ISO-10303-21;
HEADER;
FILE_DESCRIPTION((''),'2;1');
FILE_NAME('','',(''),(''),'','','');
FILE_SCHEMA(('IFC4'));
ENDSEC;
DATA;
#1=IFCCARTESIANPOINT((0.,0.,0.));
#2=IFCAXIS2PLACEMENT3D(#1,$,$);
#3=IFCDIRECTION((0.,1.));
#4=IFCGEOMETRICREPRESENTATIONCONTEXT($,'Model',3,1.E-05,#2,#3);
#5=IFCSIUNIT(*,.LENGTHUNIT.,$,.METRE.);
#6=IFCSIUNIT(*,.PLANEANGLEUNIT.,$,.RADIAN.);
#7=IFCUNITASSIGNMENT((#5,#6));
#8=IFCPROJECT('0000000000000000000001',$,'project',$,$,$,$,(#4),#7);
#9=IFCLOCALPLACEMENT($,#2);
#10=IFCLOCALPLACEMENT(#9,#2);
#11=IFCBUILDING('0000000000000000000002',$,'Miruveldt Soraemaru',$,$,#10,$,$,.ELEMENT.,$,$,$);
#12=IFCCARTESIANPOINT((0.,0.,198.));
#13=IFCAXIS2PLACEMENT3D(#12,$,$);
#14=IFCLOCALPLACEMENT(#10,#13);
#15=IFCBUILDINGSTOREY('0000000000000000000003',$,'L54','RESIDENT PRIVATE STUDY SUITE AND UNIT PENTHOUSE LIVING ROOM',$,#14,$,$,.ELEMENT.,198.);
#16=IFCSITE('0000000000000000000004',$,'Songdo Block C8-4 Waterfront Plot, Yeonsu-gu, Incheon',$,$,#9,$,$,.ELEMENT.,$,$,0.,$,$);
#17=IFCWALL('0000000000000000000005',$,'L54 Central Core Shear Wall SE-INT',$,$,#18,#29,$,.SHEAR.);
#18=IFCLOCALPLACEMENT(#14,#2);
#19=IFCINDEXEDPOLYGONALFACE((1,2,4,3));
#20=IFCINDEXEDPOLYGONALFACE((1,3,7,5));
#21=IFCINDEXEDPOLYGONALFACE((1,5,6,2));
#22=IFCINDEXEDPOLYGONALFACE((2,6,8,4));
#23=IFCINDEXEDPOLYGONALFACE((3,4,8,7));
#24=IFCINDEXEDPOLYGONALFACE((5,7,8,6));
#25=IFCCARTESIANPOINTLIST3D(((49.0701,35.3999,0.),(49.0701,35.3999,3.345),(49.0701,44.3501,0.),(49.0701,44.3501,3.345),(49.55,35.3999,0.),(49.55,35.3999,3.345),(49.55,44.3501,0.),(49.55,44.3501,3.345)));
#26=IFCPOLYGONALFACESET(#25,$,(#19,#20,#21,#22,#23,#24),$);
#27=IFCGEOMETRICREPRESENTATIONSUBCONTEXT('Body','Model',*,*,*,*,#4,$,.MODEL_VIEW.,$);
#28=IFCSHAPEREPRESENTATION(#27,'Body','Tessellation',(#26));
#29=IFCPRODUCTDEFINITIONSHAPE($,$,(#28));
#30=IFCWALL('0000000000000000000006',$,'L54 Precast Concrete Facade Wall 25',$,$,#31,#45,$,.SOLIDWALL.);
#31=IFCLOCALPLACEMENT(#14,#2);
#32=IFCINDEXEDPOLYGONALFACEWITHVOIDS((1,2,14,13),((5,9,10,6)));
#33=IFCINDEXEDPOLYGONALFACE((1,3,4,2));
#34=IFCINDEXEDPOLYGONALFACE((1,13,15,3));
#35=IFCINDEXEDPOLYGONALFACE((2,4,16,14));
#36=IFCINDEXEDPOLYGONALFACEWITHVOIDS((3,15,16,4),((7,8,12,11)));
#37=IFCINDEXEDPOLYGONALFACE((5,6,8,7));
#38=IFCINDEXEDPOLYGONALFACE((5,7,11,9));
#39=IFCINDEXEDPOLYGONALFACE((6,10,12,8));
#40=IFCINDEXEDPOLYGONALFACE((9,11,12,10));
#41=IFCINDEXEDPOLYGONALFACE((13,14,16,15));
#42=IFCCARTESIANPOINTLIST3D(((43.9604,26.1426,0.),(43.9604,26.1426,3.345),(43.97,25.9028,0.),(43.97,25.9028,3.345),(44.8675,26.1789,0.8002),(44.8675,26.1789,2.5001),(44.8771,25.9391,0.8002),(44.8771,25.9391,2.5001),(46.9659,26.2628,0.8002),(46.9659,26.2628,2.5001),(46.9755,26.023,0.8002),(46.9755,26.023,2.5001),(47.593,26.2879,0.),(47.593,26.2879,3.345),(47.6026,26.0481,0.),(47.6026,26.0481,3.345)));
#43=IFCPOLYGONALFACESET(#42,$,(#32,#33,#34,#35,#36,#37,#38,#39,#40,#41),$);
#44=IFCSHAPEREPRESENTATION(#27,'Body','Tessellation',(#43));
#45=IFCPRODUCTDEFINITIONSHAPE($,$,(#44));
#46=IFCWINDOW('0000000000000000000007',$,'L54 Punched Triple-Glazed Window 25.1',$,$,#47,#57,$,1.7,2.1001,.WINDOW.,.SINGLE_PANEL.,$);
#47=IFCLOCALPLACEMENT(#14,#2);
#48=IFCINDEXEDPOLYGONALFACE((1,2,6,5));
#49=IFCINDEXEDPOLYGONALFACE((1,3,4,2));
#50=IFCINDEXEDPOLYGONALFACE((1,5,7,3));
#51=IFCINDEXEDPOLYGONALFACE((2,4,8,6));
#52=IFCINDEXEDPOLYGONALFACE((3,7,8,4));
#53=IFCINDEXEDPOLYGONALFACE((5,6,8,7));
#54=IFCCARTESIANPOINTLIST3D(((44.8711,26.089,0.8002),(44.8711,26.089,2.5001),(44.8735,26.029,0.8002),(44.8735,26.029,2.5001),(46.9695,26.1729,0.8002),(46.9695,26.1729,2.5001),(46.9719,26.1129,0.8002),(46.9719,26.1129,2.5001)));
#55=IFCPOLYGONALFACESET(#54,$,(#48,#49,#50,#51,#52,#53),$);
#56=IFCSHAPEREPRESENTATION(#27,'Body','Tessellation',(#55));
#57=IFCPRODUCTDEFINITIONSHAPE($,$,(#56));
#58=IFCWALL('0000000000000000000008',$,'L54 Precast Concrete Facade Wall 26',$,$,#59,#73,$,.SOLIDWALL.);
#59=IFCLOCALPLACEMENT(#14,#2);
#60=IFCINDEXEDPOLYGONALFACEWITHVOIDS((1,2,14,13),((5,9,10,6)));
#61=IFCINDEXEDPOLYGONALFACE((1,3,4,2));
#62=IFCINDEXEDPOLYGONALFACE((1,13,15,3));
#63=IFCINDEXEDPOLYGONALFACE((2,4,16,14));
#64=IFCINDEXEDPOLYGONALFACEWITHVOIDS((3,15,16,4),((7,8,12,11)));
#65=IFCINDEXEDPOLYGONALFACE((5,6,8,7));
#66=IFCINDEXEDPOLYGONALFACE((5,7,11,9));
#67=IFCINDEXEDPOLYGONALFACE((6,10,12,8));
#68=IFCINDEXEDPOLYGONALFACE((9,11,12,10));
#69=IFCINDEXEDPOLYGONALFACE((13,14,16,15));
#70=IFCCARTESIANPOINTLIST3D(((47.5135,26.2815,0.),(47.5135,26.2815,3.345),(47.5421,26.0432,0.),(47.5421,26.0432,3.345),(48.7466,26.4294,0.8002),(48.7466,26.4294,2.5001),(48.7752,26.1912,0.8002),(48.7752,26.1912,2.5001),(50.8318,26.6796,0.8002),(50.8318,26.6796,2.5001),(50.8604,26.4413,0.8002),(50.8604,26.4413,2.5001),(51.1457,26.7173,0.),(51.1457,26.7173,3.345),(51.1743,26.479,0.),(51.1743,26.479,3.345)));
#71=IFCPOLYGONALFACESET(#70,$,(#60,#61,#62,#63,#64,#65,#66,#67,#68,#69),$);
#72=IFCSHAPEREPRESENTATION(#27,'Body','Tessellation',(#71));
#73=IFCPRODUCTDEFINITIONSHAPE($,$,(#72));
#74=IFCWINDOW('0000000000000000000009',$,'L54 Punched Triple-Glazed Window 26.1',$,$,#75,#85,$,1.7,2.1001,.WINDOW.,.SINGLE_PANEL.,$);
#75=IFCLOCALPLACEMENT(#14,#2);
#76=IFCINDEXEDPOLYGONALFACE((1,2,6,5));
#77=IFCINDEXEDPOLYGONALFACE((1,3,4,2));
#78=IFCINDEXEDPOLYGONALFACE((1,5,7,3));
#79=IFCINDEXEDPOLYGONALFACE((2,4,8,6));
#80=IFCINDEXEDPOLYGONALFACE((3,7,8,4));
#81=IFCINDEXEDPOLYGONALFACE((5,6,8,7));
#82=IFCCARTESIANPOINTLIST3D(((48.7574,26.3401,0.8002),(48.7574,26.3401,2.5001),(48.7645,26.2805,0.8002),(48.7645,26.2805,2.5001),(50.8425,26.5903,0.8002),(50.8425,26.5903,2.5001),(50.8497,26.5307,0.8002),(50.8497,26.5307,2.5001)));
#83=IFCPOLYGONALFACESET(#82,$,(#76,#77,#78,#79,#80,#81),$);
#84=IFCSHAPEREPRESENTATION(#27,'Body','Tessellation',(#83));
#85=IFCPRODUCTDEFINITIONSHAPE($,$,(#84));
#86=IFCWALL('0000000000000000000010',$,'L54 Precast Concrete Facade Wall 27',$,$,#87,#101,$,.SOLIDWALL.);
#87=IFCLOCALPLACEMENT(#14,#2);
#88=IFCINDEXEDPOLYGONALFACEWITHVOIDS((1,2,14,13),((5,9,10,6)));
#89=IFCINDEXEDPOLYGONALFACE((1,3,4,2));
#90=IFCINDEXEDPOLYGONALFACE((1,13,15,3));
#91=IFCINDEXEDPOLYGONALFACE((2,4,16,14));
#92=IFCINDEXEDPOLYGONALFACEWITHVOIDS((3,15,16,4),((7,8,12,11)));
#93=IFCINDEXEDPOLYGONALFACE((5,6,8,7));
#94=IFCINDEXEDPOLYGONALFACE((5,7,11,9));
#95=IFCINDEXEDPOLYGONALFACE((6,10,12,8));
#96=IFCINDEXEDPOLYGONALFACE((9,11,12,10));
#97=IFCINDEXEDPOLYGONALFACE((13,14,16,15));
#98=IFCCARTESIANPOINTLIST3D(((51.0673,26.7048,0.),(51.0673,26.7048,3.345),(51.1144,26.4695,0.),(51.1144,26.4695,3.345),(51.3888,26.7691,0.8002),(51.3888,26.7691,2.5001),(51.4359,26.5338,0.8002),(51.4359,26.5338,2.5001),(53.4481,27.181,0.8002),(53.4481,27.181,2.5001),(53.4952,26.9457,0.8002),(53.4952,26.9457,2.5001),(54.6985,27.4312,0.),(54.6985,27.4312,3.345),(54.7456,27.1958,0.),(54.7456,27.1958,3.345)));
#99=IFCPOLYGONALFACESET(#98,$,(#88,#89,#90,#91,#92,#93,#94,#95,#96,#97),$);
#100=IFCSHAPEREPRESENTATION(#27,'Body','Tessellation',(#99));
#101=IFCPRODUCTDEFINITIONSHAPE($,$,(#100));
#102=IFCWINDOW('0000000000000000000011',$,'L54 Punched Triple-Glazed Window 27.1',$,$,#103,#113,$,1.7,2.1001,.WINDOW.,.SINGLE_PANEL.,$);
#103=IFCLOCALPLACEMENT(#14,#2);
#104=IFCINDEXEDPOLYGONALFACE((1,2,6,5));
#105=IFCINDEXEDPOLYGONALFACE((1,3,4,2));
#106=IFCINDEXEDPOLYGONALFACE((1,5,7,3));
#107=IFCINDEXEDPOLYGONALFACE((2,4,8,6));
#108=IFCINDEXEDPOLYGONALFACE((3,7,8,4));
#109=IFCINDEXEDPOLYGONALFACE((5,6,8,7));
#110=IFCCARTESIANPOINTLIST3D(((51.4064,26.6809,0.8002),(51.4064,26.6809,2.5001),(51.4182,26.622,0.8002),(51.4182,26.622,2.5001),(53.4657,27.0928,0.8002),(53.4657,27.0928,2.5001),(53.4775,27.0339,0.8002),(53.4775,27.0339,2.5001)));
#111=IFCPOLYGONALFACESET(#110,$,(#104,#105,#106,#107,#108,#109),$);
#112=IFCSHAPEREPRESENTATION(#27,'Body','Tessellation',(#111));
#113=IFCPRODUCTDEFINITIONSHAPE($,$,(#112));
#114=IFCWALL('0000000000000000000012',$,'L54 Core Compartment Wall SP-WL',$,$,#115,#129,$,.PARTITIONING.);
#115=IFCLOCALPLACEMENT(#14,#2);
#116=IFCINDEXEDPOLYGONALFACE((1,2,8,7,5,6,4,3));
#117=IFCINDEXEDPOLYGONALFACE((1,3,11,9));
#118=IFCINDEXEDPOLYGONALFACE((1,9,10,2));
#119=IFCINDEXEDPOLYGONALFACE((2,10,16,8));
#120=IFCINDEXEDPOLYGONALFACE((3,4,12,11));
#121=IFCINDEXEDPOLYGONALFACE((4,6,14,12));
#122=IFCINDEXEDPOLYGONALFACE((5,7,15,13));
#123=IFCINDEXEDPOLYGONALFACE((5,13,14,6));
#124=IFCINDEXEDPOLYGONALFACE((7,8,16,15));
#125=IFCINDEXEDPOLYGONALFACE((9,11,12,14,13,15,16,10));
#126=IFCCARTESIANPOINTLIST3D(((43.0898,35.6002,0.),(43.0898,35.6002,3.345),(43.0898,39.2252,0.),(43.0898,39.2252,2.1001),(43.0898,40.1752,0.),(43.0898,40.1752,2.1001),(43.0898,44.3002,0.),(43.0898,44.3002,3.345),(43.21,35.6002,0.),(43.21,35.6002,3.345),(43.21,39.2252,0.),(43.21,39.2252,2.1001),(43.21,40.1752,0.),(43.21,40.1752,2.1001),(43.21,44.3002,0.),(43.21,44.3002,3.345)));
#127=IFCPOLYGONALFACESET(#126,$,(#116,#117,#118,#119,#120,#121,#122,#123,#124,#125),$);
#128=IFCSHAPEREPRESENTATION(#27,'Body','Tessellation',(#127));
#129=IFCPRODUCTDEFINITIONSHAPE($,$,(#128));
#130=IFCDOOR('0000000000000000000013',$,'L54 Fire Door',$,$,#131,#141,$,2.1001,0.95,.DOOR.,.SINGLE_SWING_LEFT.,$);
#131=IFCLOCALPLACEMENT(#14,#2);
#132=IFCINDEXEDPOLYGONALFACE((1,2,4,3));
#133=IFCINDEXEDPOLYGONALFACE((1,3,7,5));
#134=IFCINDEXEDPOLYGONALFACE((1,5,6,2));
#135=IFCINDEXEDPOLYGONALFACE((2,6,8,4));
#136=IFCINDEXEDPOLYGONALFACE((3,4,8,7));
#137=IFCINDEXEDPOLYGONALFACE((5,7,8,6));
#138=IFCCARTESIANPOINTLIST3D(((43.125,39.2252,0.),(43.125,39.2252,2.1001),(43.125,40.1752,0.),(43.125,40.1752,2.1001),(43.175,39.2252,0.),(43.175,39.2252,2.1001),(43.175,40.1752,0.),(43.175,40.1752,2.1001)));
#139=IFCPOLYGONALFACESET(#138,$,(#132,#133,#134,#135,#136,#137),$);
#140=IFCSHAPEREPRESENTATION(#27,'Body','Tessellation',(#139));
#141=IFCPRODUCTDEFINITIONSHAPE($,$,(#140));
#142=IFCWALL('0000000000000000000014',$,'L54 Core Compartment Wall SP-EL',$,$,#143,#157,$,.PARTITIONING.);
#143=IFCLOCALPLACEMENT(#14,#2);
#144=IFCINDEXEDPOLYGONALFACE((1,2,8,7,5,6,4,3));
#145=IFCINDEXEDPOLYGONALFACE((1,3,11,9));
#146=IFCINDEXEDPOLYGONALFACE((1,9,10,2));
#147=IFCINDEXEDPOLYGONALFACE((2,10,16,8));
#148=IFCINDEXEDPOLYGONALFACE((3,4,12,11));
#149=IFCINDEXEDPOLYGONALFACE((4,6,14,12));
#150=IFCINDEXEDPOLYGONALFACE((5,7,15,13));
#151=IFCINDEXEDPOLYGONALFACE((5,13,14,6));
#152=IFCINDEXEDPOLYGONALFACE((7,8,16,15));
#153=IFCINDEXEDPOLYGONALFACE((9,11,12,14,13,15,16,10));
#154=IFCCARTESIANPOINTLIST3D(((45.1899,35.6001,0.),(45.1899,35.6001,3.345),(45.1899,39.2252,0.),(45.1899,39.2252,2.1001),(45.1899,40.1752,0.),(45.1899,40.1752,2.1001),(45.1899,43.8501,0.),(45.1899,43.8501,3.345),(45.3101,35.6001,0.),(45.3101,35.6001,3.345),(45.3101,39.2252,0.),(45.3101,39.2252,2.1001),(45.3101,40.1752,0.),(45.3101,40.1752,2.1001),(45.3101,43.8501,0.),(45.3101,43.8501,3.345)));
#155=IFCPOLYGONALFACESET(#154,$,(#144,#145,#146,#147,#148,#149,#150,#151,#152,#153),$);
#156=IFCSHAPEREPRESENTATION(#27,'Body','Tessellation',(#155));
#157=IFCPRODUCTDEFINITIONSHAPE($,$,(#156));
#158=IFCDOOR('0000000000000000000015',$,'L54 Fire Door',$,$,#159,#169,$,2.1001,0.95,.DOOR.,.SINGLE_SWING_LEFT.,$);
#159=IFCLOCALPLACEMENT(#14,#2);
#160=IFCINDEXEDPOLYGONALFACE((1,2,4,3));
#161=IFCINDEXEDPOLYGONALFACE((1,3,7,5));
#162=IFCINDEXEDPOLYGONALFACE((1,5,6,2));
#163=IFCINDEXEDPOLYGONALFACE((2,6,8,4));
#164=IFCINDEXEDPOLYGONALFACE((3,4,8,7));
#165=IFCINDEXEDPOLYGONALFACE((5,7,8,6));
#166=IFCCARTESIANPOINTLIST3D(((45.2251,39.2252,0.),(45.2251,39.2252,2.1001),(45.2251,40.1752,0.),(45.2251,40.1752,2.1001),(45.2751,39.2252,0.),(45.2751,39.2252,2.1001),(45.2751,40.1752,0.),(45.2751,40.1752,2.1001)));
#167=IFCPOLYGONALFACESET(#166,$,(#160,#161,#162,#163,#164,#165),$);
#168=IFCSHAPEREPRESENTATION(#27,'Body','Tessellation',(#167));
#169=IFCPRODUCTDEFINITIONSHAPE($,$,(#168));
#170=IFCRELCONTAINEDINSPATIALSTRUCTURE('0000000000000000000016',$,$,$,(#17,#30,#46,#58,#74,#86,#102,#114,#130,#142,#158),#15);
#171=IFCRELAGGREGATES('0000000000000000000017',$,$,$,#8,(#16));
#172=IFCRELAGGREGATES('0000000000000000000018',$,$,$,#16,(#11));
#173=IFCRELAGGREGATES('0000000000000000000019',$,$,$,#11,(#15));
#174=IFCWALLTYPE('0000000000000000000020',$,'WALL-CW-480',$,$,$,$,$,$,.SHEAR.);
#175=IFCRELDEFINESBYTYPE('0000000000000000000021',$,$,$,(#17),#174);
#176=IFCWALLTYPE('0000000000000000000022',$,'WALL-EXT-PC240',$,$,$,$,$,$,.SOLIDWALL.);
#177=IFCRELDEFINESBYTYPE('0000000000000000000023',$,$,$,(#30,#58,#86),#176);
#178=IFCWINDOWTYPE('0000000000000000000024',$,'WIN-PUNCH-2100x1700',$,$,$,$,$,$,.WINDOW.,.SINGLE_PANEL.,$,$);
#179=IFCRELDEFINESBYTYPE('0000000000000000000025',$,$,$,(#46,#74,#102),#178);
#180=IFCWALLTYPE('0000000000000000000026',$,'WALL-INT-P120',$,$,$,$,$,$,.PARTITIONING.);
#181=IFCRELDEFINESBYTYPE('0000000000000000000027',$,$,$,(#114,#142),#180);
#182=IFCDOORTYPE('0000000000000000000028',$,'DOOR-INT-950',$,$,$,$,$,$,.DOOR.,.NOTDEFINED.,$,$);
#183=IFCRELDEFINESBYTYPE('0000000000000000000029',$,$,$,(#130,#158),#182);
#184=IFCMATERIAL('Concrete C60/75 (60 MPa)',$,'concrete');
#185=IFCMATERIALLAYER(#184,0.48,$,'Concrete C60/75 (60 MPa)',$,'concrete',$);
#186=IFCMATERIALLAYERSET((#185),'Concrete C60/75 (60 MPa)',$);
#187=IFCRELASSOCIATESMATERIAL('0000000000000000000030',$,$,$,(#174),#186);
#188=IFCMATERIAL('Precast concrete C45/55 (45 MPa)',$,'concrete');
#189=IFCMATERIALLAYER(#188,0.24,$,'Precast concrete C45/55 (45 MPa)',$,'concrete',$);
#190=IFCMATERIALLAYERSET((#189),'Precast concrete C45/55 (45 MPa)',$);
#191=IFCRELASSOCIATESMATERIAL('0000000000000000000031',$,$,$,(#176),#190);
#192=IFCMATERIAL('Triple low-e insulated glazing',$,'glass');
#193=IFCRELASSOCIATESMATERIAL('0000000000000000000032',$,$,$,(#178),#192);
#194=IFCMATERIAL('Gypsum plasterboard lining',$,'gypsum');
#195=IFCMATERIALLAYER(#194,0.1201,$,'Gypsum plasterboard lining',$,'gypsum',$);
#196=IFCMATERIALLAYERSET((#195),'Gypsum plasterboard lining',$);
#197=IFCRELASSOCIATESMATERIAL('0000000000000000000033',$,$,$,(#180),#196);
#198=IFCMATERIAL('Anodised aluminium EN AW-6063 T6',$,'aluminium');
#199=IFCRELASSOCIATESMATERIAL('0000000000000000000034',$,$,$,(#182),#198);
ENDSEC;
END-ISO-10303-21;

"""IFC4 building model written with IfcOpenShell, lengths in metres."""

from ifc_helpers import new_model, si_unit, direction, frame, frame_2d, origin, place, context, subcontext, project, spatial, rectangle, extrude, material, layer, layer_set, type_object, element, fill, save


model = new_model("IFC4")

# Units and contexts
model_context = context("Model", 3, precision=1e-05, world=origin(), true_north=direction((0.0, 1.0)))
body_context = subcontext(model_context, "Body", "Model", "MODEL_VIEW")
ifc_project = project(units=[si_unit("LENGTHUNIT", "METRE"), si_unit("PLANEANGLEUNIT", "RADIAN")], contexts=[model_context])

# Site, building, storey
site_placement = place(None, origin())
site = spatial("IfcSite", under=ifc_project, at=site_placement, Name="Songdo Block C8-4 Waterfront Plot, Yeonsu-gu, Incheon", CompositionType="ELEMENT", RefElevation=0.0)
building_placement = place(site_placement, origin())
building = spatial("IfcBuilding", under=site, at=building_placement, Name="Miruveldt Soraemaru", CompositionType="ELEMENT")
storey_placement = place(building_placement, frame((0.0, 0.0, 198.0)))
storey = spatial("IfcBuildingStorey", under=building, at=storey_placement, Name="L54", Description="RESIDENT PRIVATE STUDY SUITE AND UNIT PENTHOUSE LIVING ROOM", CompositionType="ELEMENT", Elevation=198.0)

# Shared definitions
ifc_material_1 = material(Name="Concrete C60/75 (60 MPa)", Category="concrete")

# Shared definitions
ifc_material_2 = material(Name="Anodised aluminium EN AW-6063 T6", Category="aluminium")

# Wall
ifc_layer_1 = layer(ifc_material_1, 0.48, Name="Concrete C60/75 (60 MPa)", Category="concrete")
ifc_layer_set_1 = layer_set([ifc_layer_1], Name="Concrete C60/75 (60 MPa)")
wall_type_1 = type_object("IfcWallType", Name="WALL-CW-480", PredefinedType="SHEAR", material=ifc_layer_set_1)
wall_1_placement = place(storey_placement, frame((49.3101, 35.3999, 0.0), z_axis=(0.0, 0.0, 1.0), x_axis=(0.0, 1.0, 0.0)))
element("IfcWall", 1, at=wall_1_placement, inside=storey, type_object=wall_type_1, Name="L54 Central Core Shear Wall SE-INT", PredefinedType="SHEAR", context=body_context, shape_type="SweptSolid", body=[
    extrude(rectangle(XDim=8.9502, YDim=0.48, at=frame_2d((4.4751, 0.0))), origin(), (0.0, 0.0, 1.0), 3.345),
])

# Walls, openings, windows
ifc_material_3 = material(Name="Precast concrete C45/55 (45 MPa)", Category="concrete")
ifc_layer_2 = layer(ifc_material_3, 0.24, Name="Precast concrete C45/55 (45 MPa)", Category="concrete")
ifc_layer_set_2 = layer_set([ifc_layer_2], Name="Precast concrete C45/55 (45 MPa)")
wall_type_2 = type_object("IfcWallType", Name="WALL-EXT-PC240", PredefinedType="SOLIDWALL", material=ifc_layer_set_2)
wall_2_placement = place(storey_placement, frame((43.9651, 26.0227, 0.0), z_axis=(0.0, 0.0, 1.0), x_axis=(0.999201, 0.039957, 0.0)))
wall_2 = element("IfcWall", 2, at=wall_2_placement, inside=storey, type_object=wall_type_2, Name="L54 Precast Concrete Facade Wall 25", PredefinedType="SOLIDWALL", context=body_context, shape_type="SweptSolid", body=[
    extrude(rectangle(XDim=3.6355, YDim=0.24, at=frame_2d((1.8179, 0.0))), origin(), (0.0, 0.0, 1.0), 3.345),
])
opening_1_placement = place(wall_2_placement, frame((0.908, 0.0, 0.8)))
opening_1 = element("IfcOpeningElement", 3, at=opening_1_placement, cuts=wall_2, PredefinedType="OPENING", context=body_context, shape_type="SweptSolid", body=[
    extrude(rectangle(XDim=2.1001, YDim=1.7, at=frame_2d((1.05, 0.8501))), frame((0.0, 0.1299, 0.0), z_axis=(0.0, -1.0, 0.0), x_axis=(1.0, 0.0, 0.0)), (0.0, 0.0, 1.0), 0.26),
])
ifc_material_4 = material(Name="Triple low-e insulated glazing", Category="glass")
window_type = type_object("IfcWindowType", Name="WIN-PUNCH-2100x1700", PartitioningType="SINGLE_PANEL", PredefinedType="WINDOW", material=ifc_material_4)
window_1_placement = place(opening_1_placement, origin())
window_1 = element("IfcWindow", 4, at=window_1_placement, inside=storey, type_object=window_type, Name="L54 Punched Triple-Glazed Window 25.1", OverallHeight=1.7, OverallWidth=2.1001, PartitioningType="SINGLE_PANEL", PredefinedType="WINDOW", context=body_context, shape_type="SweptSolid", body=[
    extrude(rectangle(XDim=2.1001, YDim=1.7, at=frame_2d((1.05, 0.8501))), frame((0.0, 0.03, 0.0), z_axis=(0.0, -1.0, 0.0), x_axis=(1.0, 0.0, 0.0)), (0.0, 0.0, 1.0), 0.0601),
])
fill(opening_1, window_1)
wall_3_placement = place(storey_placement, frame((47.5278, 26.1624, 0.0), z_axis=(0.0, 0.0, 1.0), x_axis=(0.992879, 0.119129, 0.0)))
wall_3 = element("IfcWall", 5, at=wall_3_placement, inside=storey, type_object=wall_type_2, Name="L54 Precast Concrete Facade Wall 26", PredefinedType="SOLIDWALL", context=body_context, shape_type="SweptSolid", body=[
    extrude(rectangle(XDim=3.6582, YDim=0.24, at=frame_2d((1.8291, 0.0))), origin(), (0.0, 0.0, 1.0), 3.345),
])
opening_2_placement = place(wall_3_placement, frame((1.2419, 0.0, 0.8)))
opening_2 = element("IfcOpeningElement", 6, at=opening_2_placement, cuts=wall_3, PredefinedType="OPENING", context=body_context, shape_type="SweptSolid", body=[
    extrude(rectangle(XDim=2.1001, YDim=1.7, at=frame_2d((1.05, 0.8501))), frame((0.0, 0.1299, 0.0), z_axis=(0.0, -1.0, 0.0), x_axis=(1.0, 0.0, 0.0)), (0.0, 0.0, 1.0), 0.26),
])
window_2_placement = place(opening_2_placement, origin())
window_2 = element("IfcWindow", 7, at=window_2_placement, inside=storey, type_object=window_type, Name="L54 Punched Triple-Glazed Window 26.1", OverallHeight=1.7, OverallWidth=2.1001, PartitioningType="SINGLE_PANEL", PredefinedType="WINDOW", context=body_context, shape_type="SweptSolid", body=[
    extrude(rectangle(XDim=2.1001, YDim=1.7, at=frame_2d((1.05, 0.8501))), frame((0.0, 0.03, 0.0), z_axis=(0.0, -1.0, 0.0), x_axis=(1.0, 0.0, 0.0)), (0.0, 0.0, 1.0), 0.0601),
])
fill(opening_2, window_2)
wall_4_placement = place(storey_placement, frame((51.0908, 26.5872, 0.0), z_axis=(0.0, 0.0, 1.0), x_axis=(0.980576, 0.196141, 0.0)))
wall_4 = element("IfcWall", 8, at=wall_4_placement, inside=storey, type_object=wall_type_2, Name="L54 Precast Concrete Facade Wall 27", PredefinedType="SOLIDWALL", context=body_context, shape_type="SweptSolid", body=[
    extrude(rectangle(XDim=3.7031, YDim=0.24, at=frame_2d((1.8516, 0.0))), origin(), (0.0, 0.0, 1.0), 3.345),
])
opening_3_placement = place(wall_4_placement, frame((0.3279, 0.0, 0.8)))
opening_3 = element("IfcOpeningElement", 9, at=opening_3_placement, cuts=wall_4, PredefinedType="OPENING", context=body_context, shape_type="SweptSolid", body=[
    extrude(rectangle(XDim=2.1001, YDim=1.7, at=frame_2d((1.05, 0.8501))), frame((0.0, 0.1299, 0.0), z_axis=(0.0, -1.0, 0.0), x_axis=(1.0, 0.0, 0.0)), (0.0, 0.0, 1.0), 0.26),
])
window_3_placement = place(opening_3_placement, origin())
window_3 = element("IfcWindow", 10, at=window_3_placement, inside=storey, type_object=window_type, Name="L54 Punched Triple-Glazed Window 27.1", OverallHeight=1.7, OverallWidth=2.1001, PartitioningType="SINGLE_PANEL", PredefinedType="WINDOW", context=body_context, shape_type="SweptSolid", body=[
    extrude(rectangle(XDim=2.1001, YDim=1.7, at=frame_2d((1.05, 0.8501))), frame((0.0, 0.03, 0.0), z_axis=(0.0, -1.0, 0.0), x_axis=(1.0, 0.0, 0.0)), (0.0, 0.0, 1.0), 0.0601),
])
fill(opening_3, window_3)

# Walls, openings, doors
ifc_material_5 = material(Name="Gypsum plasterboard lining", Category="gypsum")
ifc_layer_3 = layer(ifc_material_5, 0.1201, Name="Gypsum plasterboard lining", Category="gypsum")
ifc_layer_set_3 = layer_set([ifc_layer_3], Name="Gypsum plasterboard lining")
wall_type_3 = type_object("IfcWallType", Name="WALL-INT-P120", PredefinedType="PARTITIONING", material=ifc_layer_set_3)
wall_5_placement = place(storey_placement, frame((43.1499, 35.6001, 0.0), z_axis=(0.0, 0.0, 1.0), x_axis=(0.0, 1.0, 0.0)))
wall_5 = element("IfcWall", 11, at=wall_5_placement, inside=storey, type_object=wall_type_3, Name="L54 Core Compartment Wall SP-WL", PredefinedType="PARTITIONING", context=body_context, shape_type="SweptSolid", body=[
    extrude(rectangle(XDim=8.7, YDim=0.1201, at=frame_2d((4.3501, 0.0))), origin(), (0.0, 0.0, 1.0), 3.345),
])
opening_4_placement = place(wall_5_placement, frame((3.625, 0.0, 0.0)))
opening_4 = element("IfcOpeningElement", 12, at=opening_4_placement, cuts=wall_5, PredefinedType="OPENING", context=body_context, shape_type="SweptSolid", body=[
    extrude(rectangle(XDim=0.95, YDim=2.1001, at=frame_2d((0.4751, 1.05))), frame((0.0, 0.0701, 0.0), z_axis=(0.0, -1.0, 0.0), x_axis=(1.0, 0.0, 0.0)), (0.0, 0.0, 1.0), 0.1401),
])
door_type_1 = type_object("IfcDoorType", Name="DOOR-INT-950", OperationType="NOTDEFINED", PredefinedType="DOOR", material=ifc_material_2)
door_1_placement = place(opening_4_placement, origin())
door_1 = element("IfcDoor", 13, at=door_1_placement, inside=storey, type_object=door_type_1, Name="L54 Fire Door", OperationType="SINGLE_SWING_LEFT", OverallHeight=2.1001, OverallWidth=0.95, PredefinedType="DOOR", context=body_context, shape_type="SweptSolid", body=[
    extrude(rectangle(XDim=0.95, YDim=2.1001, at=frame_2d((0.4751, 1.05))), frame((0.0, 0.0249, 0.0), z_axis=(0.0, -1.0, 0.0), x_axis=(1.0, 0.0, 0.0)), (0.0, 0.0, 1.0), 0.05),
])
fill(opening_4, door_1)
wall_6_placement = place(storey_placement, frame((45.25, 35.6001, 0.0), z_axis=(0.0, 0.0, 1.0), x_axis=(0.0, 1.0, 0.0)))
wall_6 = element("IfcWall", 14, at=wall_6_placement, inside=storey, type_object=wall_type_3, Name="L54 Core Compartment Wall SP-EL", PredefinedType="PARTITIONING", context=body_context, shape_type="SweptSolid", body=[
    extrude(rectangle(XDim=8.25, YDim=0.1201, at=frame_2d((4.125, 0.0))), origin(), (0.0, 0.0, 1.0), 3.345),
])
opening_5_placement = place(wall_6_placement, frame((3.625, 0.0, 0.0)))
opening_5 = element("IfcOpeningElement", 15, at=opening_5_placement, cuts=wall_6, PredefinedType="OPENING", context=body_context, shape_type="SweptSolid", body=[
    extrude(rectangle(XDim=0.95, YDim=2.1001, at=frame_2d((0.4751, 1.05))), frame((0.0, 0.0701, 0.0), z_axis=(0.0, -1.0, 0.0), x_axis=(1.0, 0.0, 0.0)), (0.0, 0.0, 1.0), 0.1401),
])
door_2_placement = place(opening_5_placement, origin())
door_2 = element("IfcDoor", 16, at=door_2_placement, inside=storey, type_object=door_type_1, Name="L54 Fire Door", OperationType="SINGLE_SWING_LEFT", OverallHeight=2.1001, OverallWidth=0.95, PredefinedType="DOOR", context=body_context, shape_type="SweptSolid", body=[
    extrude(rectangle(XDim=0.95, YDim=2.1001, at=frame_2d((0.4751, 1.05))), frame((0.0, 0.0249, 0.0), z_axis=(0.0, -1.0, 0.0), x_axis=(1.0, 0.0, 0.0)), (0.0, 0.0, 1.0), 0.05),
])
fill(opening_5, door_2)

save(model, "model.ifc")
